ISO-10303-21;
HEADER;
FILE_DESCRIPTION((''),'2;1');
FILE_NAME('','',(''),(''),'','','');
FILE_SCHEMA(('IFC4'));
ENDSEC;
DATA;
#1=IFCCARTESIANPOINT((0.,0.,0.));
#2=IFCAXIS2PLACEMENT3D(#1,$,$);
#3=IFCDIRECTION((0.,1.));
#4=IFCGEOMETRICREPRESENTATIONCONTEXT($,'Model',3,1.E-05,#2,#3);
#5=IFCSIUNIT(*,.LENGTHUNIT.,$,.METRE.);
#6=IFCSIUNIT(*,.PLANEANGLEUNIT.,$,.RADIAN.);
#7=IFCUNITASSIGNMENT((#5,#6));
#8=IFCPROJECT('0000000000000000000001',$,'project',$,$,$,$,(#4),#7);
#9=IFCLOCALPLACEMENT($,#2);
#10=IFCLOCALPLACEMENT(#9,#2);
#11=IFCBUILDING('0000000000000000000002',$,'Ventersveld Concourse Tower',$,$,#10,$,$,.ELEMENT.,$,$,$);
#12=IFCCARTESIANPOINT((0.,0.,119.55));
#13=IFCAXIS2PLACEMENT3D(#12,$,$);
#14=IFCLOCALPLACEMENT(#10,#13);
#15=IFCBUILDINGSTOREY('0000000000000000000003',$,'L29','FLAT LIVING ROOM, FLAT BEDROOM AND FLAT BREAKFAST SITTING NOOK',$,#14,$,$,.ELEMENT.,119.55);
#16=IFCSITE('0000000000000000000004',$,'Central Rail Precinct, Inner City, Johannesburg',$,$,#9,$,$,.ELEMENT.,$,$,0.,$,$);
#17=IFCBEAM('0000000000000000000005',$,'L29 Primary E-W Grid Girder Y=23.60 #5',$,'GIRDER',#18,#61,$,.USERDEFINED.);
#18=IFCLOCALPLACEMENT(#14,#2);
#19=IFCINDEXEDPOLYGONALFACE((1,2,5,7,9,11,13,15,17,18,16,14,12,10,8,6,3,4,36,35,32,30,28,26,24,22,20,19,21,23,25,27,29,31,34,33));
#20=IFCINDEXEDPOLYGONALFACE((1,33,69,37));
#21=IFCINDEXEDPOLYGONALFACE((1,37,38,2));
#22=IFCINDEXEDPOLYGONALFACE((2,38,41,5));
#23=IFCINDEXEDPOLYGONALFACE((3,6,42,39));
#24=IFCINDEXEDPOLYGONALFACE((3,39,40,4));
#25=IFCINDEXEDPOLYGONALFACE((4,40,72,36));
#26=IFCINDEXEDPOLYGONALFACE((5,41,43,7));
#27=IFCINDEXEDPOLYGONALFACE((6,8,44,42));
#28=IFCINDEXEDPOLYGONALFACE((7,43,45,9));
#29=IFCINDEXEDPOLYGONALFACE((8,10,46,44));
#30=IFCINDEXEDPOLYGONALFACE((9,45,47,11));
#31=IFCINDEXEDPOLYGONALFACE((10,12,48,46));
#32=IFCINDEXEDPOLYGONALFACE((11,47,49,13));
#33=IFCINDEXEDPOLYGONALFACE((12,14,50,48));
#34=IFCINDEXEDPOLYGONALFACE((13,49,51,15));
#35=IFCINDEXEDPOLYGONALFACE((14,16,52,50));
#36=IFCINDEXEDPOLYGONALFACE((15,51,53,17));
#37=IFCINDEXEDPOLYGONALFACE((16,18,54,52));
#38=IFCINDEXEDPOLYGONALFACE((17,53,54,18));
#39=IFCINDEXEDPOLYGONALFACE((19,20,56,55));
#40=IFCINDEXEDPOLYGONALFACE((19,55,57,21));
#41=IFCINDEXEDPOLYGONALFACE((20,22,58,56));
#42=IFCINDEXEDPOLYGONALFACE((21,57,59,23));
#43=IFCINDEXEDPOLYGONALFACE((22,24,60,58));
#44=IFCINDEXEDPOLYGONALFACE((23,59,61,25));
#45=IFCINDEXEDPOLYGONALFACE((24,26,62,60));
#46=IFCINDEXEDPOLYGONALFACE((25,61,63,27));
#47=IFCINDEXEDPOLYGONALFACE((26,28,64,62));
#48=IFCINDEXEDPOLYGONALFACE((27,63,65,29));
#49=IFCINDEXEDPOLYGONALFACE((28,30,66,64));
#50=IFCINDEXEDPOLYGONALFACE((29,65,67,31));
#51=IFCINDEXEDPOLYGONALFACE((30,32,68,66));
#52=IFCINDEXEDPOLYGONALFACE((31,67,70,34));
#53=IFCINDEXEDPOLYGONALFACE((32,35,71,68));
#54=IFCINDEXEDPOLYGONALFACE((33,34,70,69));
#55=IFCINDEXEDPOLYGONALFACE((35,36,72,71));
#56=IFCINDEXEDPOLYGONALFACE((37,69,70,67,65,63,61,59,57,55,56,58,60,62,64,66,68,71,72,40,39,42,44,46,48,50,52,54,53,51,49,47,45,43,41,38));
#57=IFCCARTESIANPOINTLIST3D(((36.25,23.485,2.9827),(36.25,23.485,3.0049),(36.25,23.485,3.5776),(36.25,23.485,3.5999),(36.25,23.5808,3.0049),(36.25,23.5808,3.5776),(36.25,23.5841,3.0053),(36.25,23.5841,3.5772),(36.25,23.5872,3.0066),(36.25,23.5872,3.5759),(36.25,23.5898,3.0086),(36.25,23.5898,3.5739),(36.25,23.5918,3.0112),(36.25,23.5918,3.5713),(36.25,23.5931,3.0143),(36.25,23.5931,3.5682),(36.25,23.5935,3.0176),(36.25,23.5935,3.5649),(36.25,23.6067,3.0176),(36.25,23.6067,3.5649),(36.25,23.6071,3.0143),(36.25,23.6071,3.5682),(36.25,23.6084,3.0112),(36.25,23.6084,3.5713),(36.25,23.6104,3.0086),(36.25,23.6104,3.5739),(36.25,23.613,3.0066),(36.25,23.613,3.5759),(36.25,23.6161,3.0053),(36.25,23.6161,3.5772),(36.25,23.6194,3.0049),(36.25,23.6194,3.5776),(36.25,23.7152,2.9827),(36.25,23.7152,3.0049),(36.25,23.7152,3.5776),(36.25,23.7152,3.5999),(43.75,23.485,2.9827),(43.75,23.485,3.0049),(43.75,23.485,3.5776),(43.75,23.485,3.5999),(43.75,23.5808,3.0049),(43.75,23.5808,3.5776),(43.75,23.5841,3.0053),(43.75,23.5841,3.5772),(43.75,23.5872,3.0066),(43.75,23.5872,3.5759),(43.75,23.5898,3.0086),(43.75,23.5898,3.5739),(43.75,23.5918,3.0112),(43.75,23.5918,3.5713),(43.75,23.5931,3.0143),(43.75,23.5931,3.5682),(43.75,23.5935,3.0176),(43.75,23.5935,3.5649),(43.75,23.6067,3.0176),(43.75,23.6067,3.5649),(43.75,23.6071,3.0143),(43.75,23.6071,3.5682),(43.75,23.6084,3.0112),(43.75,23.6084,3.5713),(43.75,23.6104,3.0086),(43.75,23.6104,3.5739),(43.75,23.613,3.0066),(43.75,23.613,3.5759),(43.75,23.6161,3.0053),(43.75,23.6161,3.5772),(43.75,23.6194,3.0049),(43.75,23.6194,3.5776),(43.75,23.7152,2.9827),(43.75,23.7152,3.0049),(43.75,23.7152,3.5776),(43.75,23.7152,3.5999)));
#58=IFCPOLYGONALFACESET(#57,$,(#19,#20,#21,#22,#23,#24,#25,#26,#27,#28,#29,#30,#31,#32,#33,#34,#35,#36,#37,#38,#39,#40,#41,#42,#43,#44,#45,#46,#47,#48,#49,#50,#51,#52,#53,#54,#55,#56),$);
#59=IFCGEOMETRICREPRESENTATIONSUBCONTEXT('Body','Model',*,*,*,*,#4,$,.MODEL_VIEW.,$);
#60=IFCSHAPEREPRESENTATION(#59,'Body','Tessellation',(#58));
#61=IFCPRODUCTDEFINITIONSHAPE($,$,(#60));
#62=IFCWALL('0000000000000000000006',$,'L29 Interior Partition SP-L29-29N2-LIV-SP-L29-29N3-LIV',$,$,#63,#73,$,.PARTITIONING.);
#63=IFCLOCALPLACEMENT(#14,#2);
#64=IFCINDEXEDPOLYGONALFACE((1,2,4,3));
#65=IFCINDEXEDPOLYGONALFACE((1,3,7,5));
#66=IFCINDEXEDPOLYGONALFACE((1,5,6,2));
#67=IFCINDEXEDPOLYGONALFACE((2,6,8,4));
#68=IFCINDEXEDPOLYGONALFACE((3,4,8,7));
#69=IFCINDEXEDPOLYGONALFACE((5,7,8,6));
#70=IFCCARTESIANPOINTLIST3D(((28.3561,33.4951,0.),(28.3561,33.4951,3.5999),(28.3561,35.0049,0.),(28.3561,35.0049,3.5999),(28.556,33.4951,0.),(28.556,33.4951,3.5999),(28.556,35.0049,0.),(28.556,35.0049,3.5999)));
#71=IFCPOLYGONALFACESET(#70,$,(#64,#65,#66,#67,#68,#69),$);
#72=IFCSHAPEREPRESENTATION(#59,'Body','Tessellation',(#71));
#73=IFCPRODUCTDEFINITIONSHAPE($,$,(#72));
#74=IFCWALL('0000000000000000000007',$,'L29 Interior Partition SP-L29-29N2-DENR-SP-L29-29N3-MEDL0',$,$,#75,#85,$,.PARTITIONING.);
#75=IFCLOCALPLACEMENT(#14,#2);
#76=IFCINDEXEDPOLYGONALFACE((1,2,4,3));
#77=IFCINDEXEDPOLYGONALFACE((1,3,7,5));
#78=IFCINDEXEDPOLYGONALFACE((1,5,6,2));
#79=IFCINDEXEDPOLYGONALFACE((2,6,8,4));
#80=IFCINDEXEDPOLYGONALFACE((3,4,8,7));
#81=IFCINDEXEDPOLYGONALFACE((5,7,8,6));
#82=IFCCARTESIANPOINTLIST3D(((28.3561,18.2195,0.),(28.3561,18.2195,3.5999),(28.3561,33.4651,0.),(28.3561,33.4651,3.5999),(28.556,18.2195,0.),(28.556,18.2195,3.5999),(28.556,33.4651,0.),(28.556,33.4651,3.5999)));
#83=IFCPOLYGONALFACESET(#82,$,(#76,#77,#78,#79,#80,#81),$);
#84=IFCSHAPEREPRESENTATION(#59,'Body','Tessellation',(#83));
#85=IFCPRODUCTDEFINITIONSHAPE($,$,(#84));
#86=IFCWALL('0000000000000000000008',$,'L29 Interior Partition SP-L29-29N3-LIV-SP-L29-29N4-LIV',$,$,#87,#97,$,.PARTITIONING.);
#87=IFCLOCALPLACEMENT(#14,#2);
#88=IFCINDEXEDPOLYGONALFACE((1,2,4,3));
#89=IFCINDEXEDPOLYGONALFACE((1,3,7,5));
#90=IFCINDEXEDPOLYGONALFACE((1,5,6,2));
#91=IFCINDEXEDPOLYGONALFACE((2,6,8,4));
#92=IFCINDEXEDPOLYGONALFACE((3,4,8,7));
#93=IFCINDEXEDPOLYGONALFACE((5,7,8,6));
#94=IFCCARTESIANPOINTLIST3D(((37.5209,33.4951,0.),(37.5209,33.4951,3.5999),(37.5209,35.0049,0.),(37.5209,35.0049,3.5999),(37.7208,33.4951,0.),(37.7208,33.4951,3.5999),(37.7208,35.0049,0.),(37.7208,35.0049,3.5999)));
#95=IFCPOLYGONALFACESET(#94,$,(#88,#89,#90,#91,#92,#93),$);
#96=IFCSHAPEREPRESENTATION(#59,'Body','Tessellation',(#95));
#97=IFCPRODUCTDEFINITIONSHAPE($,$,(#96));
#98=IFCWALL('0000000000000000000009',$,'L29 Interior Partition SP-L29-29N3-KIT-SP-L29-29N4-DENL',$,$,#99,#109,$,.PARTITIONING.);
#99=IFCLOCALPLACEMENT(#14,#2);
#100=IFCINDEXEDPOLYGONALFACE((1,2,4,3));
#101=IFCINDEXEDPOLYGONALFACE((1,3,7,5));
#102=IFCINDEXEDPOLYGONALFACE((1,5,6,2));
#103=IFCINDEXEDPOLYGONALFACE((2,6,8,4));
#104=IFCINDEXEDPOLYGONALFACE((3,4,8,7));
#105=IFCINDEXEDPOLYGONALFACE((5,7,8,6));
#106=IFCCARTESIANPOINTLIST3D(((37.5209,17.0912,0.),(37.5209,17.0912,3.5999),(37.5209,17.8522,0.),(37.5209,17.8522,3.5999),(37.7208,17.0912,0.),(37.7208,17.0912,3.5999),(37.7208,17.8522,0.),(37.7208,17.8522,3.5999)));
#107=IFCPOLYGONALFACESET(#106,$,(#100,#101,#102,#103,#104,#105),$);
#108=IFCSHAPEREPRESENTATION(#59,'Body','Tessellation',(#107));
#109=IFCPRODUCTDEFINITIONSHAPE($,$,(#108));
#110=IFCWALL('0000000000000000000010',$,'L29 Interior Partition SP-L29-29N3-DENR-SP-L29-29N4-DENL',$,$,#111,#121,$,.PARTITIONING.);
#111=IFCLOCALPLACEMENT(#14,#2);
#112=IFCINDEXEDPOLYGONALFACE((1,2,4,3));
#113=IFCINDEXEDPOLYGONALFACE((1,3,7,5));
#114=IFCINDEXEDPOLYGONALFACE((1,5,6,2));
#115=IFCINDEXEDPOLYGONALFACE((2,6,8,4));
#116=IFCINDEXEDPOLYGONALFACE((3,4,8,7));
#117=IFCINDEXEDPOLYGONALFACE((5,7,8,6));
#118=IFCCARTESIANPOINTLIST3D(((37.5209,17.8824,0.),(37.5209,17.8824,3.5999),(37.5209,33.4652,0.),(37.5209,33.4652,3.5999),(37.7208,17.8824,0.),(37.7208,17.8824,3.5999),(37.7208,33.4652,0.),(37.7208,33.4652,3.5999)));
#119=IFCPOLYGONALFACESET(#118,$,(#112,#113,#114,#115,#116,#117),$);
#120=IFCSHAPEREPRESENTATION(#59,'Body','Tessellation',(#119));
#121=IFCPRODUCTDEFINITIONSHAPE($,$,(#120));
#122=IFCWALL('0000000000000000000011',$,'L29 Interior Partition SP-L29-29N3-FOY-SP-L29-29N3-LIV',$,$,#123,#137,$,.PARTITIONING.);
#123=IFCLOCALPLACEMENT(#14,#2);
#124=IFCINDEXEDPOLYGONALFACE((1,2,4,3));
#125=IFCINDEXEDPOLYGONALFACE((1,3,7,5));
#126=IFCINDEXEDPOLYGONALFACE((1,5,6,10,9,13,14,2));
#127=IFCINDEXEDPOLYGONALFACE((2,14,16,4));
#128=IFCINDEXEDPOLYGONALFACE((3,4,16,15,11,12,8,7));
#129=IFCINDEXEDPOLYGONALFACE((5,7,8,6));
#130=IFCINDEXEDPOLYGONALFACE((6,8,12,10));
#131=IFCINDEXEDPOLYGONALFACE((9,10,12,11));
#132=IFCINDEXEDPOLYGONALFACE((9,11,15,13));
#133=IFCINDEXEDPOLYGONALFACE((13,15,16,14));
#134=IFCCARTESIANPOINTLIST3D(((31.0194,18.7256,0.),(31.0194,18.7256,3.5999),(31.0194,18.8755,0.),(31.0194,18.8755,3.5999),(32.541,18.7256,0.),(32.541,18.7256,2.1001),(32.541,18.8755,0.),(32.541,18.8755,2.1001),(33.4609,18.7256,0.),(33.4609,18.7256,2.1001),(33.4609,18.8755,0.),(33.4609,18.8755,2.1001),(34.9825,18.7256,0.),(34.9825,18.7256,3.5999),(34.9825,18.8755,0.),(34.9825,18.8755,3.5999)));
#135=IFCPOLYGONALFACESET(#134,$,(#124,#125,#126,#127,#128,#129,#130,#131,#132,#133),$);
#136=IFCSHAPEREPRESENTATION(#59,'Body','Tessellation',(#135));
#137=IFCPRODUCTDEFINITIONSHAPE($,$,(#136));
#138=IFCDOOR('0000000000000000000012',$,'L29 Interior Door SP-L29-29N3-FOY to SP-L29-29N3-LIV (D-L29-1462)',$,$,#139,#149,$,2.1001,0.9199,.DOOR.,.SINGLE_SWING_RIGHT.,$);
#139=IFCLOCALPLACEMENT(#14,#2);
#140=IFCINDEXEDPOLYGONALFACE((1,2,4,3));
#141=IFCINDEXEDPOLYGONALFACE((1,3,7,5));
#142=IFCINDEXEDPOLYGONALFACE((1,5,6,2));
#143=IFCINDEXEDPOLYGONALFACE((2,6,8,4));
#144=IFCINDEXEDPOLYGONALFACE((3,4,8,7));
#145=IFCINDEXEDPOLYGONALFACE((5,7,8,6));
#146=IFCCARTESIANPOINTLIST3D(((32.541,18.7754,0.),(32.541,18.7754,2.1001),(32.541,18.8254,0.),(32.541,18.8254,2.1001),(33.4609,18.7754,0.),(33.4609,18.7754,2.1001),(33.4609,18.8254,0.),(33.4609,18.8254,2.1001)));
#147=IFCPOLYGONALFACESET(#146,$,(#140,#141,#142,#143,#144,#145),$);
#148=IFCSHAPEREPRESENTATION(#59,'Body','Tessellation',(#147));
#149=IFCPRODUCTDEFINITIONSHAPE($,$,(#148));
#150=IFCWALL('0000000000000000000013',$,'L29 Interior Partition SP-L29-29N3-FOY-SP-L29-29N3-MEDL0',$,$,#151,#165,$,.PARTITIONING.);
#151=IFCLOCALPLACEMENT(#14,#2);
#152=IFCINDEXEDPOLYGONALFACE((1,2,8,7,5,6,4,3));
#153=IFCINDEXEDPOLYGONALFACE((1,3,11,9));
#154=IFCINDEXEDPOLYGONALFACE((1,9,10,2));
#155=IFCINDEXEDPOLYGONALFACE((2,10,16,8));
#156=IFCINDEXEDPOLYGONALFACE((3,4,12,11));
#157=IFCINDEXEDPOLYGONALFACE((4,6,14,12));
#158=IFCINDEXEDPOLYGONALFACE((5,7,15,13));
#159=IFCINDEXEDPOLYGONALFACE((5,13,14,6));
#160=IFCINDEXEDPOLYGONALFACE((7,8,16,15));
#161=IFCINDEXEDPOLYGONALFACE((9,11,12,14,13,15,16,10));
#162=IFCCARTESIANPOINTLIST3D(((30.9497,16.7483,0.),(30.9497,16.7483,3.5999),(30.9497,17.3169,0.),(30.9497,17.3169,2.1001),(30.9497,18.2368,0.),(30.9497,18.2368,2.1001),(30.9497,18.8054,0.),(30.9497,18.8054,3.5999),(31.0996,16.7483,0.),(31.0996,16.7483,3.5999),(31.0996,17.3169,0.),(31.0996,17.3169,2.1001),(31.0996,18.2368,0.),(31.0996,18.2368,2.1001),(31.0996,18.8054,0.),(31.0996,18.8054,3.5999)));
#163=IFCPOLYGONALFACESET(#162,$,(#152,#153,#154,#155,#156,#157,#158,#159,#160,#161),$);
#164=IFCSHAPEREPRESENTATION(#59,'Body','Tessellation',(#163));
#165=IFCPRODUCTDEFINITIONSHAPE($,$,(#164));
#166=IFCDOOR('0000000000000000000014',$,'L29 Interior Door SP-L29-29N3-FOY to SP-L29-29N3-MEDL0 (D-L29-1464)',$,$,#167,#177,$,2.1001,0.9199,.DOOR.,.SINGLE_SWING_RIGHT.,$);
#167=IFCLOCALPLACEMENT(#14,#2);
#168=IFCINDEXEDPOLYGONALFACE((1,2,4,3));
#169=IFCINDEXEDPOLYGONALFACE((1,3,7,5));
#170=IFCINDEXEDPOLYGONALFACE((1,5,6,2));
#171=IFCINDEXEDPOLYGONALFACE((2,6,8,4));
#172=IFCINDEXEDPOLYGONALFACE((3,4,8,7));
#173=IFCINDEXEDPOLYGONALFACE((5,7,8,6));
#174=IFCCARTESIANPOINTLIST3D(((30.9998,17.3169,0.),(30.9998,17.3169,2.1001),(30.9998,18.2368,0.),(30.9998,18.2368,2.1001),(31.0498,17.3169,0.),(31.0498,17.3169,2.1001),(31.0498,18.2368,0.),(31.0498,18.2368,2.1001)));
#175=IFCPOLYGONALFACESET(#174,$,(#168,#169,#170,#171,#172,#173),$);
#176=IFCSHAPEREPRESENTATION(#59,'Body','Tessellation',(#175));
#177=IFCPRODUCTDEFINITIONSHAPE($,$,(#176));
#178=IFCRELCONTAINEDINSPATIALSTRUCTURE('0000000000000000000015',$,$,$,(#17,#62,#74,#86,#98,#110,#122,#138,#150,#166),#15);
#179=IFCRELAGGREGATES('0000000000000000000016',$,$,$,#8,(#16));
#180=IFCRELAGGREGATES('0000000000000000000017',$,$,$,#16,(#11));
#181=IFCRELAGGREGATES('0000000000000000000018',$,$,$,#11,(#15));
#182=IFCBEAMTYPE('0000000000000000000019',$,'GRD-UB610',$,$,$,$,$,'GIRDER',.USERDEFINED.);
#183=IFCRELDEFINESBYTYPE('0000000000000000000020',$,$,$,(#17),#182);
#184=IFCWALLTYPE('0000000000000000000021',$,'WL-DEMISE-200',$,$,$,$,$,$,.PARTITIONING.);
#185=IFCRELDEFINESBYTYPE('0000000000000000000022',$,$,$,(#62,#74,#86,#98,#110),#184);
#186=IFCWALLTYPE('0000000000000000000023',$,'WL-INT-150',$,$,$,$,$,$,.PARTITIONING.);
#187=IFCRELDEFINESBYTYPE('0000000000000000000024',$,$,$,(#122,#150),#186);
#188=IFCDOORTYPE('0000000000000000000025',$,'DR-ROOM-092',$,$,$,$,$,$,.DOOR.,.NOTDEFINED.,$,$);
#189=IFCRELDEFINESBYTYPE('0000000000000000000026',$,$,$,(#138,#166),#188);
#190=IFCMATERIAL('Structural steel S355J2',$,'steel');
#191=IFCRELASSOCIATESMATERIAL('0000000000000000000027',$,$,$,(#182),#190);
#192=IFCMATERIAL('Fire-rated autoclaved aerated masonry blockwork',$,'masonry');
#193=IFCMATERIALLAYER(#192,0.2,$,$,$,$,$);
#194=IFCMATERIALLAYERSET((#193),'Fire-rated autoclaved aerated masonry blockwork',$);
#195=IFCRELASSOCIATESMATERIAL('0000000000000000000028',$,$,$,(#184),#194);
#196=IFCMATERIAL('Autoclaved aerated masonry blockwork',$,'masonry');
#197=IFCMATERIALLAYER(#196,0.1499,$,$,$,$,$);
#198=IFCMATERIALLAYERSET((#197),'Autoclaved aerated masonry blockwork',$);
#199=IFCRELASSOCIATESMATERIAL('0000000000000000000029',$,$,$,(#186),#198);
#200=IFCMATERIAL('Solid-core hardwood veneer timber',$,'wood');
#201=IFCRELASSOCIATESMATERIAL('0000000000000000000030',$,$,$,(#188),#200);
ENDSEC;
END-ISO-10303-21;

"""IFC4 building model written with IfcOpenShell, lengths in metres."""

from ifc_helpers import new_model, si_unit, direction, frame, frame_2d, origin, origin_2d, place, context, subcontext, project, spatial, rectangle, i_section, extrude, material, layer, layer_set, material_profile, profile_set, type_object, element, fill, save


model = new_model("IFC4")

# Units and contexts
model_context = context("Model", 3, precision=1e-05, world=origin(), true_north=direction((0.0, 1.0)))
body_context = subcontext(model_context, "Body", "Model", "MODEL_VIEW")
ifc_project = project(units=[si_unit("LENGTHUNIT", "METRE"), si_unit("PLANEANGLEUNIT", "RADIAN")], contexts=[model_context])

# Site, building, storey
site_placement = place(None, origin())
site = spatial("IfcSite", under=ifc_project, at=site_placement, Name="Central Rail Precinct, Inner City, Johannesburg", CompositionType="ELEMENT", RefElevation=0.0)
building_placement = place(site_placement, origin())
building = spatial("IfcBuilding", under=site, at=building_placement, Name="Ventersveld Concourse Tower", CompositionType="ELEMENT")
storey_placement = place(building_placement, frame((0.0, 0.0, 119.55)))
storey = spatial("IfcBuildingStorey", under=building, at=storey_placement, Name="L29", Description="FLAT LIVING ROOM, FLAT BEDROOM AND FLAT BREAKFAST SITTING NOOK", CompositionType="ELEMENT", Elevation=119.55)

# Beam
ifc_material_1 = material(Name="Structural steel S355J2", Category="steel")
ifc_material_profile_1 = material_profile(ifc_material_1, i_section(OverallWidth=0.2302, OverallDepth=0.6172, WebThickness=0.0132, FlangeThickness=0.0222, FilletRadius=0.0127, at=origin_2d()), Name="UB 610x229x140")
ifc_profile_set_1 = profile_set([ifc_material_profile_1], Name="Structural steel S355J2")
beam_type_1 = type_object("IfcBeamType", Name="GRD-UB610", ElementType="GIRDER", PredefinedType="USERDEFINED", material=ifc_profile_set_1)
for number, where, z_axis, x_axis, name in (
    (1, (36.25, 23.6001, 3.2913), (1.0, 0.0, 0.0), (0.0, 1.0, 0.0), "L29 Primary E-W Grid Girder Y=23.60 #5"),
):
    element("IfcBeam", number, at=place(storey_placement, frame(where, z_axis=z_axis, x_axis=x_axis)), inside=storey, type_object=beam_type_1, Name=name, ObjectType="GIRDER", PredefinedType="USERDEFINED", context=body_context, shape_type="SweptSolid", body=[
        extrude(i_section(OverallWidth=0.2302, OverallDepth=0.6172, WebThickness=0.0132, FlangeThickness=0.0222, FilletRadius=0.0127, at=origin_2d()), origin(), (0.0, 0.0, 1.0), 7.5),
    ])

# Walls
ifc_material_2 = material(Name="Fire-rated autoclaved aerated masonry blockwork", Category="masonry")
ifc_layer_1 = layer(ifc_material_2, 0.2)
ifc_layer_set_1 = layer_set([ifc_layer_1], Name="Fire-rated autoclaved aerated masonry blockwork")
wall_type_1 = type_object("IfcWallType", Name="WL-DEMISE-200", PredefinedType="PARTITIONING", material=ifc_layer_set_1)
wall_1_placement = place(storey_placement, frame((28.4561, 33.4951, 0.0), z_axis=(0.0, 0.0, 1.0), x_axis=(0.0, 1.0, 0.0)))
element("IfcWall", 2, at=wall_1_placement, inside=storey, type_object=wall_type_1, Name="L29 Interior Partition SP-L29-29N2-LIV-SP-L29-29N3-LIV", PredefinedType="PARTITIONING", context=body_context, shape_type="SweptSolid", body=[
    extrude(rectangle(XDim=1.5098, YDim=0.2, at=frame_2d((0.7549, 0.0))), origin(), (0.0, 0.0, 1.0), 3.5999),
])
wall_2_placement = place(storey_placement, frame((28.4561, 18.2195, 0.0), z_axis=(0.0, 0.0, 1.0), x_axis=(0.0, 1.0, 0.0)))
element("IfcWall", 3, at=wall_2_placement, inside=storey, type_object=wall_type_1, Name="L29 Interior Partition SP-L29-29N2-DENR-SP-L29-29N3-MEDL0", PredefinedType="PARTITIONING", context=body_context, shape_type="SweptSolid", body=[
    extrude(rectangle(XDim=15.2456, YDim=0.2, at=frame_2d((7.6228, 0.0))), origin(), (0.0, 0.0, 1.0), 3.5999),
])
wall_3_placement = place(storey_placement, frame((37.6208, 33.4951, 0.0), z_axis=(0.0, 0.0, 1.0), x_axis=(0.0, 1.0, 0.0)))
element("IfcWall", 4, at=wall_3_placement, inside=storey, type_object=wall_type_1, Name="L29 Interior Partition SP-L29-29N3-LIV-SP-L29-29N4-LIV", PredefinedType="PARTITIONING", context=body_context, shape_type="SweptSolid", body=[
    extrude(rectangle(XDim=1.5098, YDim=0.2, at=frame_2d((0.7549, 0.0))), origin(), (0.0, 0.0, 1.0), 3.5999),
])
wall_4_placement = place(storey_placement, frame((37.6208, 17.0913, 0.0), z_axis=(0.0, 0.0, 1.0), x_axis=(0.0, 1.0, 0.0)))
element("IfcWall", 5, at=wall_4_placement, inside=storey, type_object=wall_type_1, Name="L29 Interior Partition SP-L29-29N3-KIT-SP-L29-29N4-DENL", PredefinedType="PARTITIONING", context=body_context, shape_type="SweptSolid", body=[
    extrude(rectangle(XDim=0.761, YDim=0.2, at=frame_2d((0.3804, 0.0))), origin(), (0.0, 0.0, 1.0), 3.5999),
])
wall_5_placement = place(storey_placement, frame((37.6208, 17.8823, 0.0), z_axis=(0.0, 0.0, 1.0), x_axis=(0.0, 1.0, 0.0)))
element("IfcWall", 6, at=wall_5_placement, inside=storey, type_object=wall_type_1, Name="L29 Interior Partition SP-L29-29N3-DENR-SP-L29-29N4-DENL", PredefinedType="PARTITIONING", context=body_context, shape_type="SweptSolid", body=[
    extrude(rectangle(XDim=15.5828, YDim=0.2, at=frame_2d((7.7915, 0.0))), origin(), (0.0, 0.0, 1.0), 3.5999),
])

# Walls, openings, doors
ifc_material_3 = material(Name="Autoclaved aerated masonry blockwork", Category="masonry")
ifc_layer_2 = layer(ifc_material_3, 0.1499)
ifc_layer_set_2 = layer_set([ifc_layer_2], Name="Autoclaved aerated masonry blockwork")
wall_type_2 = type_object("IfcWallType", Name="WL-INT-150", PredefinedType="PARTITIONING", material=ifc_layer_set_2)
wall_6_placement = place(storey_placement, frame((31.0195, 18.8005, 0.0), z_axis=(0.0, 0.0, 1.0), x_axis=(1.0, 0.0, 0.0)))
wall_6 = element("IfcWall", 7, at=wall_6_placement, inside=storey, type_object=wall_type_2, Name="L29 Interior Partition SP-L29-29N3-FOY-SP-L29-29N3-LIV", PredefinedType="PARTITIONING", context=body_context, shape_type="SweptSolid", body=[
    extrude(rectangle(XDim=3.9631, YDim=0.1499, at=frame_2d((1.9814, 0.0))), origin(), (0.0, 0.0, 1.0), 3.5999),
])
opening_1_placement = place(wall_6_placement, frame((1.5215, 0.0, 0.0)))
opening_1 = element("IfcOpeningElement", 8, at=opening_1_placement, cuts=wall_6, PredefinedType="OPENING", context=body_context, shape_type="SweptSolid", body=[
    extrude(rectangle(XDim=0.9199, YDim=2.1001, at=frame_2d((0.46, 1.05))), frame((0.0, 0.085, 0.0), z_axis=(0.0, -1.0, 0.0), x_axis=(1.0, 0.0, 0.0)), (0.0, 0.0, 1.0), 0.1699),
])
ifc_material_4 = material(Name="Solid-core hardwood veneer timber", Category="wood")
door_type = type_object("IfcDoorType", Name="DR-ROOM-092", OperationType="NOTDEFINED", PredefinedType="DOOR", material=ifc_material_4)
door_1_placement = place(opening_1_placement, origin())
door_1 = element("IfcDoor", 9, at=door_1_placement, inside=storey, type_object=door_type, Name="L29 Interior Door SP-L29-29N3-FOY to SP-L29-29N3-LIV (D-L29-1462)", OperationType="SINGLE_SWING_RIGHT", OverallHeight=2.1001, OverallWidth=0.9199, PredefinedType="DOOR", context=body_context, shape_type="SweptSolid", body=[
    extrude(rectangle(XDim=0.9199, YDim=2.1001, at=frame_2d((0.46, 1.05))), frame((0.0, 0.0249, 0.0), z_axis=(0.0, -1.0, 0.0), x_axis=(1.0, 0.0, 0.0)), (0.0, 0.0, 1.0), 0.05),
])
fill(opening_1, door_1)
wall_7_placement = place(storey_placement, frame((31.0247, 16.7483, 0.0), z_axis=(0.0, 0.0, 1.0), x_axis=(0.0, 1.0, 0.0)))
wall_7 = element("IfcWall", 10, at=wall_7_placement, inside=storey, type_object=wall_type_2, Name="L29 Interior Partition SP-L29-29N3-FOY-SP-L29-29N3-MEDL0", PredefinedType="PARTITIONING", context=body_context, shape_type="SweptSolid", body=[
    extrude(rectangle(XDim=2.0571, YDim=0.1499, at=frame_2d((1.0286, 0.0))), origin(), (0.0, 0.0, 1.0), 3.5999),
])
opening_2_placement = place(wall_7_placement, frame((0.5686, 0.0, 0.0)))
opening_2 = element("IfcOpeningElement", 11, at=opening_2_placement, cuts=wall_7, PredefinedType="OPENING", context=body_context, shape_type="SweptSolid", body=[
    extrude(rectangle(XDim=0.9199, YDim=2.1001, at=frame_2d((0.46, 1.05))), frame((0.0, 0.085, 0.0), z_axis=(0.0, -1.0, 0.0), x_axis=(1.0, 0.0, 0.0)), (0.0, 0.0, 1.0), 0.1699),
])
door_2_placement = place(opening_2_placement, origin())
door_2 = element("IfcDoor", 12, at=door_2_placement, inside=storey, type_object=door_type, Name="L29 Interior Door SP-L29-29N3-FOY to SP-L29-29N3-MEDL0 (D-L29-1464)", OperationType="SINGLE_SWING_RIGHT", OverallHeight=2.1001, OverallWidth=0.9199, PredefinedType="DOOR", context=body_context, shape_type="SweptSolid", body=[
    extrude(rectangle(XDim=0.9199, YDim=2.1001, at=frame_2d((0.46, 1.05))), frame((0.0, 0.0249, 0.0), z_axis=(0.0, -1.0, 0.0), x_axis=(1.0, 0.0, 0.0)), (0.0, 0.0, 1.0), 0.05),
])
fill(opening_2, door_2)

save(model, "model.ifc")
